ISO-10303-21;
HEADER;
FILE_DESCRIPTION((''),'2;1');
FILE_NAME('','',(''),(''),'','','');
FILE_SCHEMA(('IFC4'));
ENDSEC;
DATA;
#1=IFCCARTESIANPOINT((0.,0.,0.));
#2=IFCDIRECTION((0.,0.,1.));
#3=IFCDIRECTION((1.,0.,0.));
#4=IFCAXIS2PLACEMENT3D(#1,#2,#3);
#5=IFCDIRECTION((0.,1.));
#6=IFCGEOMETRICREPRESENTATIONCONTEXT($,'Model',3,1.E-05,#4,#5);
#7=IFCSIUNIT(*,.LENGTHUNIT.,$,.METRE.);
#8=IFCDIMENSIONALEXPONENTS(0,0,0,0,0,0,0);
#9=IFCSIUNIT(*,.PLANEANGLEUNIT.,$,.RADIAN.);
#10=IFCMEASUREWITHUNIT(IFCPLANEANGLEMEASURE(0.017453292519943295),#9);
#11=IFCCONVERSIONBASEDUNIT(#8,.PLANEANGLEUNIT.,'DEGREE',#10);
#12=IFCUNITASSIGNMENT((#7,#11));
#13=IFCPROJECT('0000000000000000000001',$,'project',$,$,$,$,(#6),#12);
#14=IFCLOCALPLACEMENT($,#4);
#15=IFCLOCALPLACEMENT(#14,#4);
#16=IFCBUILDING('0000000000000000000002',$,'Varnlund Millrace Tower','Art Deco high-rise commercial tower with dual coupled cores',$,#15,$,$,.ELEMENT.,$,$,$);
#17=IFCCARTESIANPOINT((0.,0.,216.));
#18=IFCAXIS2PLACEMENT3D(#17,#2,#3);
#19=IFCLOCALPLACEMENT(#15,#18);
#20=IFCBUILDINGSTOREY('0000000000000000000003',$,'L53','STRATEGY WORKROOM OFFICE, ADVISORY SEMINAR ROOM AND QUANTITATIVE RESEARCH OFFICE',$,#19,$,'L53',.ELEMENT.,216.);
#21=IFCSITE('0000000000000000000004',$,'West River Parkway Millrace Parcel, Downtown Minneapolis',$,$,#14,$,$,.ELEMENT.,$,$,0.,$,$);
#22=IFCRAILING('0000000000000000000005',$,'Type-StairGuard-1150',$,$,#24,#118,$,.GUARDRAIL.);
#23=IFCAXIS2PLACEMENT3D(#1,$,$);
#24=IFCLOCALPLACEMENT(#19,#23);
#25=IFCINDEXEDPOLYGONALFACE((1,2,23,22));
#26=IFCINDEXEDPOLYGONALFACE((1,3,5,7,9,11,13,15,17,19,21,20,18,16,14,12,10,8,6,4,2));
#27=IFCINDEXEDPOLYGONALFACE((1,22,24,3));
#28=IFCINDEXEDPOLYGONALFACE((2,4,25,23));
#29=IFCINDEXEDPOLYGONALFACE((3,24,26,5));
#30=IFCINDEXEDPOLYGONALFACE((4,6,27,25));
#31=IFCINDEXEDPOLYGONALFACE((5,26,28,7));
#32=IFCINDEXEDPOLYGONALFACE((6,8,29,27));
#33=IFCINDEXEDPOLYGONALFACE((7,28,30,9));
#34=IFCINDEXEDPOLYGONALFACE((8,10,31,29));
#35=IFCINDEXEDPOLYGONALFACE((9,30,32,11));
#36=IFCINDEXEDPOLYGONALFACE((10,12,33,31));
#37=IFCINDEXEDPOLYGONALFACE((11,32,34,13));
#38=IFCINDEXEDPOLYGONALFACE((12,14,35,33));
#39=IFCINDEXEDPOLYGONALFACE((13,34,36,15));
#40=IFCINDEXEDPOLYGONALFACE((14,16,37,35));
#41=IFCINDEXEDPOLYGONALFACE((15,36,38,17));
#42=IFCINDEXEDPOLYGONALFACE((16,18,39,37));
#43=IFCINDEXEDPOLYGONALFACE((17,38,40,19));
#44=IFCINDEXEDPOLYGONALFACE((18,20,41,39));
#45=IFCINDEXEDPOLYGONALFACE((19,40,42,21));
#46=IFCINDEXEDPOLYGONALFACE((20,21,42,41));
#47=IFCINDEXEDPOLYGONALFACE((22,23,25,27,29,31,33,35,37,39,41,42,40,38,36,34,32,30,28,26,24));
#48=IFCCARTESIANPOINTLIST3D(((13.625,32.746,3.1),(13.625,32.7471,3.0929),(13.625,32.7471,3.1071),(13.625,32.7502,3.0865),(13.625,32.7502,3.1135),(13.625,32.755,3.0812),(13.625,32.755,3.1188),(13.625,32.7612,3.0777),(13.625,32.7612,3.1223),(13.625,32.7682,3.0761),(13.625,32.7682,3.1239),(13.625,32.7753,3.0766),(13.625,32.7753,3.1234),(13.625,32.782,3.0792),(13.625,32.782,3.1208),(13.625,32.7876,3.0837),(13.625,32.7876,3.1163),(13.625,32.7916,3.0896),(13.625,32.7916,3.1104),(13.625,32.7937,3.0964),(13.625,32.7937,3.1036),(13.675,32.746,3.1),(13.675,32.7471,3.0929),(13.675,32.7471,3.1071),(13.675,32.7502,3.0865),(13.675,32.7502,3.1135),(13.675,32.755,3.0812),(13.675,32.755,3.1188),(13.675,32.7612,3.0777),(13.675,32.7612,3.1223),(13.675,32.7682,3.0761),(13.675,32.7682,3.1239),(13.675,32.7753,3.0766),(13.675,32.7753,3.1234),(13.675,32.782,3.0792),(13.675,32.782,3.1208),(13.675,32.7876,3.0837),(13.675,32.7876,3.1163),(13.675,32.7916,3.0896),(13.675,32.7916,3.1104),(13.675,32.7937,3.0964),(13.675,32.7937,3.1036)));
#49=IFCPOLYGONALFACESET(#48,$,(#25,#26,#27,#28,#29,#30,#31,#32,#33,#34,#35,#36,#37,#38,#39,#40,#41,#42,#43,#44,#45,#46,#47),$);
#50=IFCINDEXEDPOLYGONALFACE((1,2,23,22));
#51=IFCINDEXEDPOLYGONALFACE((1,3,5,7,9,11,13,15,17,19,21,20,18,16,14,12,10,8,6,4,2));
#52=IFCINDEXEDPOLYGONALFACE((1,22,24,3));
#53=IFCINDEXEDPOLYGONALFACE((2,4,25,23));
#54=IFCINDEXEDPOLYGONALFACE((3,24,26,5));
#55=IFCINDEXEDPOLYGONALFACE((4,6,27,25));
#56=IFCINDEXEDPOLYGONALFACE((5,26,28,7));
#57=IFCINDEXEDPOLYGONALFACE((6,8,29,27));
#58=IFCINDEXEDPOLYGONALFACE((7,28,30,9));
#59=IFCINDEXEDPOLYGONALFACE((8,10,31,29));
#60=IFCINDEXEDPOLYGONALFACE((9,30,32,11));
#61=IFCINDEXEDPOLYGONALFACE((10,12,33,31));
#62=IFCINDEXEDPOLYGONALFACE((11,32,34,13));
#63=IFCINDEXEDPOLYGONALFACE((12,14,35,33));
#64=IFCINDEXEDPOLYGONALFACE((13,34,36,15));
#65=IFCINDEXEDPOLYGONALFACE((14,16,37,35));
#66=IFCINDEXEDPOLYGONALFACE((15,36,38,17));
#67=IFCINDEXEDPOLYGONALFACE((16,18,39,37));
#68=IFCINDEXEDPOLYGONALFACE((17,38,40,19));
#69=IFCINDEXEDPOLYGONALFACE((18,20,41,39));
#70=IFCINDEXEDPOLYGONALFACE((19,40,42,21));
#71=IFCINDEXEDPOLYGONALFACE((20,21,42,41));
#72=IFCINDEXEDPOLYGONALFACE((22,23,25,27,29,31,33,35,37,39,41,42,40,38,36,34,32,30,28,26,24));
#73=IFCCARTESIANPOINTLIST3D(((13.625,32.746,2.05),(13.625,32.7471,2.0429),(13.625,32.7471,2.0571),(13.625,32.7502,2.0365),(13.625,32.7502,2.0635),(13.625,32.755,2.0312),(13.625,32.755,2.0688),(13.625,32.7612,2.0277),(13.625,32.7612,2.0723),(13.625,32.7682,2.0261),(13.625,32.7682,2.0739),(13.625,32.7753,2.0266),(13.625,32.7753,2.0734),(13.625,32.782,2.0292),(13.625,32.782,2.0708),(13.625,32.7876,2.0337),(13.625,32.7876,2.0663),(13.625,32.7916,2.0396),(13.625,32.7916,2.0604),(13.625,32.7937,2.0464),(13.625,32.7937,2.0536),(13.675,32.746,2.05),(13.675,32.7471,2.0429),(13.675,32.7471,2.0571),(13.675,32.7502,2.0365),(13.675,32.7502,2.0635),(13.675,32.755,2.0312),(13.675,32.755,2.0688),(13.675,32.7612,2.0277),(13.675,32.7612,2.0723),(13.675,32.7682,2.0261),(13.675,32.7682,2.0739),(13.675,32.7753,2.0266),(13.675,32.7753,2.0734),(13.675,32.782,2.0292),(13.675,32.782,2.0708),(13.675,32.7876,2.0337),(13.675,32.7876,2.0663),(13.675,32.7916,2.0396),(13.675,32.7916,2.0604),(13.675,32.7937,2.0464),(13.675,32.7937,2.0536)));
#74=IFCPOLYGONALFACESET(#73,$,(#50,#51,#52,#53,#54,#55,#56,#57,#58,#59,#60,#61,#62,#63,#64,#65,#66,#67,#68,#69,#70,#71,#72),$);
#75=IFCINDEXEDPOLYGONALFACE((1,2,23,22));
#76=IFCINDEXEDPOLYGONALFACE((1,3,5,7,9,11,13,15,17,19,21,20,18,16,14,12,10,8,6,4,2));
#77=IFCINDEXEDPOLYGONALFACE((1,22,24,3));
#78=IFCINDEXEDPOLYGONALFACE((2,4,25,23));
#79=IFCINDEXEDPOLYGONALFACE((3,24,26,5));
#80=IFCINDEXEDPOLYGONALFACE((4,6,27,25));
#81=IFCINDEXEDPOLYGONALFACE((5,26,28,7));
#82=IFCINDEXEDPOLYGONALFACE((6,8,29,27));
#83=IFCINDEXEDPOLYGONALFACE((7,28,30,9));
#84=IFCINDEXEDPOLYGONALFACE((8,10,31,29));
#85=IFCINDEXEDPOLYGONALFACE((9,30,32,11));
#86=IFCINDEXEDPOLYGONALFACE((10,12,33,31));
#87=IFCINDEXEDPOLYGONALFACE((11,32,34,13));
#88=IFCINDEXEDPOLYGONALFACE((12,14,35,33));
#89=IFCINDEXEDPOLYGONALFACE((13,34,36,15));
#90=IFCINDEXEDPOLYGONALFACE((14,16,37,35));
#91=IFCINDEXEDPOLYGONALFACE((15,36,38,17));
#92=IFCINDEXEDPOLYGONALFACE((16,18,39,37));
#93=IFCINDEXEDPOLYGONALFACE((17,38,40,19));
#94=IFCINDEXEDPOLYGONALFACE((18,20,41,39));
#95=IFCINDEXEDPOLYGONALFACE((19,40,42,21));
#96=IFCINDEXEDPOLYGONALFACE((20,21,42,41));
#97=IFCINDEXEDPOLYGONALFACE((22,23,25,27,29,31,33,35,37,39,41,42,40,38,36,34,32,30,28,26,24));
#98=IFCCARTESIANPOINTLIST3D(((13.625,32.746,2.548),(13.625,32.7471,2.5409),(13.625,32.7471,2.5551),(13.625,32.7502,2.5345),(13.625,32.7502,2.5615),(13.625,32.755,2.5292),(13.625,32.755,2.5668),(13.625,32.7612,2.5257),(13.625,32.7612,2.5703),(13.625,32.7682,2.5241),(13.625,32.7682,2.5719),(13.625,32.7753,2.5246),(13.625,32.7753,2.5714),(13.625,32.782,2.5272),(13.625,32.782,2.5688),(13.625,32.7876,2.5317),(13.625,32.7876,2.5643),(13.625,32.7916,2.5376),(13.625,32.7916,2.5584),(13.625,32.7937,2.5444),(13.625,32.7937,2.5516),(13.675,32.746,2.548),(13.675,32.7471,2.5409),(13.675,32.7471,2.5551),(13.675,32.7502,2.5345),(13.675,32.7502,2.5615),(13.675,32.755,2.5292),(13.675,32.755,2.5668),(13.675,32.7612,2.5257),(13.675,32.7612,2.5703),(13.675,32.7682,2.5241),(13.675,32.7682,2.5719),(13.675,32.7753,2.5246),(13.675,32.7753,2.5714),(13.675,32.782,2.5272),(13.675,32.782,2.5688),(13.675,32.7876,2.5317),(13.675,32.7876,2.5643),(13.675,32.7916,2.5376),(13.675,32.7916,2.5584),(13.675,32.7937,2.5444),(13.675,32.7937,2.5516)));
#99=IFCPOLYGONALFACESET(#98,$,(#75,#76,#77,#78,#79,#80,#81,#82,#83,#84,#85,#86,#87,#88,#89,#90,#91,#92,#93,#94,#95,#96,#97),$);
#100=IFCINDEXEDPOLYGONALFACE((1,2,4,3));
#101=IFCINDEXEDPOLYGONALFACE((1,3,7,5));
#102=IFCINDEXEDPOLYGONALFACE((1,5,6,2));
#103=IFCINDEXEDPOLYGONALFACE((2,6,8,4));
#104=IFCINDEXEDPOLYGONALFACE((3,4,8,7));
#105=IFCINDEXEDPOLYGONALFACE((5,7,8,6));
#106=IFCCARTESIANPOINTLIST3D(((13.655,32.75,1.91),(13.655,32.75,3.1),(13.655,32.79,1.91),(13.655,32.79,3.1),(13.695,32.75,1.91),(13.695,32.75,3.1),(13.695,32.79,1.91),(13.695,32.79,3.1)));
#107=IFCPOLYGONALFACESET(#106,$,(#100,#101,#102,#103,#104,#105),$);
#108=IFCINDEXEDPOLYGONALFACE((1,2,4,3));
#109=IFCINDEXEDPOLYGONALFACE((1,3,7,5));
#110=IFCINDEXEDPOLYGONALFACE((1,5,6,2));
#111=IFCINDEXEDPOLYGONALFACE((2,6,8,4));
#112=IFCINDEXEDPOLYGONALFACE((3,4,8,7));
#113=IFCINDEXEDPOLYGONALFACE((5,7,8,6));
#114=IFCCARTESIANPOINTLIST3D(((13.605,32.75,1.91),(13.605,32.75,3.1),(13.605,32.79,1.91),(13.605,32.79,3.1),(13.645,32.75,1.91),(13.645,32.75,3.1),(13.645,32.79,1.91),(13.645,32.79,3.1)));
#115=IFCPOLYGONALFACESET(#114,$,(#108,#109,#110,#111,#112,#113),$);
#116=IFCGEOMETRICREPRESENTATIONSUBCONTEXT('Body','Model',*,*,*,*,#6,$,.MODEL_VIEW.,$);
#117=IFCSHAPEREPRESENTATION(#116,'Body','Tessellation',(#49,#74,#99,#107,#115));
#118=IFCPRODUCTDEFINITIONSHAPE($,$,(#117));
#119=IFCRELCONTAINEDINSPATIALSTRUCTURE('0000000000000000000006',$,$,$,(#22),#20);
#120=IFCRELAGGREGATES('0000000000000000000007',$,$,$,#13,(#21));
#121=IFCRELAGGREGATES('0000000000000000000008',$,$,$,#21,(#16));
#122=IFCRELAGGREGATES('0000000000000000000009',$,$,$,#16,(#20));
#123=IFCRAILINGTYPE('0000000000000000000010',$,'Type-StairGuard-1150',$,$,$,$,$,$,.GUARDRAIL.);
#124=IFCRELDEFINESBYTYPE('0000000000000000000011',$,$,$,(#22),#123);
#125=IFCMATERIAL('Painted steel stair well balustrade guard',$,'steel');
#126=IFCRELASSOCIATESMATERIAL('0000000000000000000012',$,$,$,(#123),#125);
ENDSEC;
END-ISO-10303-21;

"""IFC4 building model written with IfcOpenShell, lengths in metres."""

from ifc_helpers import new_model, entity, si_unit, converted_unit, direction, frame, origin_with_axes, origin_2d_with_axis, place, context, subcontext, project, spatial, rectangle, circle, extrude, material, type_object, element, save


model = new_model("IFC4")

# Units and contexts
model_context = context("Model", 3, precision=1e-05, world=origin_with_axes(), true_north=direction((0.0, 1.0)))
body_context = subcontext(model_context, "Body", "Model", "MODEL_VIEW")
ifc_project = project(units=[si_unit("LENGTHUNIT", "METRE"), converted_unit("PLANEANGLEUNIT", "DEGREE", entity("IfcPlaneAngleMeasure", 0.017453292519943295), si_unit("PLANEANGLEUNIT", "RADIAN"), dimensions=[0, 0, 0, 0, 0, 0, 0])], contexts=[model_context])

# Site, building, storey
site_placement = place(None, origin_with_axes())
site = spatial("IfcSite", under=ifc_project, at=site_placement, Name="West River Parkway Millrace Parcel, Downtown Minneapolis", CompositionType="ELEMENT", RefElevation=0.0)
building_placement = place(site_placement, origin_with_axes())
building = spatial("IfcBuilding", under=site, at=building_placement, Name="Varnlund Millrace Tower", Description="Art Deco high-rise commercial tower with dual coupled cores", CompositionType="ELEMENT")
storey_placement = place(building_placement, frame((0.0, 0.0, 216.0), z_axis=(0.0, 0.0, 1.0), x_axis=(1.0, 0.0, 0.0)))
storey = spatial("IfcBuildingStorey", under=building, at=storey_placement, Name="L53", Description="STRATEGY WORKROOM OFFICE, ADVISORY SEMINAR ROOM AND QUANTITATIVE RESEARCH OFFICE", LongName="L53", CompositionType="ELEMENT", Elevation=216.0)

# Railing
ifc_material_1 = material(Name="Painted steel stair well balustrade guard", Category="steel")
railing_type_1 = type_object("IfcRailingType", Name="Type-StairGuard-1150", PredefinedType="GUARDRAIL", material=ifc_material_1)
railing_1_placement = place(storey_placement, frame((0.0, 0.0, -216.0), z_axis=(0.0, 0.0, 1.0), x_axis=(1.0, 0.0, 0.0)))
element("IfcRailing", 1, at=railing_1_placement, inside=storey, type_object=railing_type_1, Name="Type-StairGuard-1150", PredefinedType="GUARDRAIL", context=body_context, shape_type="SweptSolid", body=[
    extrude(circle(Radius=0.024, at=origin_2d_with_axis()), frame((13.675, 32.77, 219.1), z_axis=(-1.0, 0.0, 0.0), x_axis=(0.0, -1.0, 0.0)), (0.0, 0.0, 1.0), 0.05),
    extrude(circle(Radius=0.024, at=origin_2d_with_axis()), frame((13.675, 32.77, 218.05), z_axis=(-1.0, 0.0, 0.0), x_axis=(0.0, -1.0, 0.0)), (0.0, 0.0, 1.0), 0.05),
    extrude(circle(Radius=0.024, at=origin_2d_with_axis()), frame((13.675, 32.77, 218.548), z_axis=(-1.0, 0.0, 0.0), x_axis=(0.0, -1.0, 0.0)), (0.0, 0.0, 1.0), 0.05),
    extrude(rectangle(XDim=0.04, YDim=0.04, at=origin_2d_with_axis()), frame((13.675, 32.77, 217.91), z_axis=(0.0, 0.0, 1.0), x_axis=(1.0, 0.0, 0.0)), (0.0, 0.0, 1.0), 1.19),
    extrude(rectangle(XDim=0.04, YDim=0.04, at=origin_2d_with_axis()), frame((13.625, 32.77, 217.91), z_axis=(0.0, 0.0, 1.0), x_axis=(1.0, 0.0, 0.0)), (0.0, 0.0, 1.0), 1.19),
])

save(model, "model.ifc")
